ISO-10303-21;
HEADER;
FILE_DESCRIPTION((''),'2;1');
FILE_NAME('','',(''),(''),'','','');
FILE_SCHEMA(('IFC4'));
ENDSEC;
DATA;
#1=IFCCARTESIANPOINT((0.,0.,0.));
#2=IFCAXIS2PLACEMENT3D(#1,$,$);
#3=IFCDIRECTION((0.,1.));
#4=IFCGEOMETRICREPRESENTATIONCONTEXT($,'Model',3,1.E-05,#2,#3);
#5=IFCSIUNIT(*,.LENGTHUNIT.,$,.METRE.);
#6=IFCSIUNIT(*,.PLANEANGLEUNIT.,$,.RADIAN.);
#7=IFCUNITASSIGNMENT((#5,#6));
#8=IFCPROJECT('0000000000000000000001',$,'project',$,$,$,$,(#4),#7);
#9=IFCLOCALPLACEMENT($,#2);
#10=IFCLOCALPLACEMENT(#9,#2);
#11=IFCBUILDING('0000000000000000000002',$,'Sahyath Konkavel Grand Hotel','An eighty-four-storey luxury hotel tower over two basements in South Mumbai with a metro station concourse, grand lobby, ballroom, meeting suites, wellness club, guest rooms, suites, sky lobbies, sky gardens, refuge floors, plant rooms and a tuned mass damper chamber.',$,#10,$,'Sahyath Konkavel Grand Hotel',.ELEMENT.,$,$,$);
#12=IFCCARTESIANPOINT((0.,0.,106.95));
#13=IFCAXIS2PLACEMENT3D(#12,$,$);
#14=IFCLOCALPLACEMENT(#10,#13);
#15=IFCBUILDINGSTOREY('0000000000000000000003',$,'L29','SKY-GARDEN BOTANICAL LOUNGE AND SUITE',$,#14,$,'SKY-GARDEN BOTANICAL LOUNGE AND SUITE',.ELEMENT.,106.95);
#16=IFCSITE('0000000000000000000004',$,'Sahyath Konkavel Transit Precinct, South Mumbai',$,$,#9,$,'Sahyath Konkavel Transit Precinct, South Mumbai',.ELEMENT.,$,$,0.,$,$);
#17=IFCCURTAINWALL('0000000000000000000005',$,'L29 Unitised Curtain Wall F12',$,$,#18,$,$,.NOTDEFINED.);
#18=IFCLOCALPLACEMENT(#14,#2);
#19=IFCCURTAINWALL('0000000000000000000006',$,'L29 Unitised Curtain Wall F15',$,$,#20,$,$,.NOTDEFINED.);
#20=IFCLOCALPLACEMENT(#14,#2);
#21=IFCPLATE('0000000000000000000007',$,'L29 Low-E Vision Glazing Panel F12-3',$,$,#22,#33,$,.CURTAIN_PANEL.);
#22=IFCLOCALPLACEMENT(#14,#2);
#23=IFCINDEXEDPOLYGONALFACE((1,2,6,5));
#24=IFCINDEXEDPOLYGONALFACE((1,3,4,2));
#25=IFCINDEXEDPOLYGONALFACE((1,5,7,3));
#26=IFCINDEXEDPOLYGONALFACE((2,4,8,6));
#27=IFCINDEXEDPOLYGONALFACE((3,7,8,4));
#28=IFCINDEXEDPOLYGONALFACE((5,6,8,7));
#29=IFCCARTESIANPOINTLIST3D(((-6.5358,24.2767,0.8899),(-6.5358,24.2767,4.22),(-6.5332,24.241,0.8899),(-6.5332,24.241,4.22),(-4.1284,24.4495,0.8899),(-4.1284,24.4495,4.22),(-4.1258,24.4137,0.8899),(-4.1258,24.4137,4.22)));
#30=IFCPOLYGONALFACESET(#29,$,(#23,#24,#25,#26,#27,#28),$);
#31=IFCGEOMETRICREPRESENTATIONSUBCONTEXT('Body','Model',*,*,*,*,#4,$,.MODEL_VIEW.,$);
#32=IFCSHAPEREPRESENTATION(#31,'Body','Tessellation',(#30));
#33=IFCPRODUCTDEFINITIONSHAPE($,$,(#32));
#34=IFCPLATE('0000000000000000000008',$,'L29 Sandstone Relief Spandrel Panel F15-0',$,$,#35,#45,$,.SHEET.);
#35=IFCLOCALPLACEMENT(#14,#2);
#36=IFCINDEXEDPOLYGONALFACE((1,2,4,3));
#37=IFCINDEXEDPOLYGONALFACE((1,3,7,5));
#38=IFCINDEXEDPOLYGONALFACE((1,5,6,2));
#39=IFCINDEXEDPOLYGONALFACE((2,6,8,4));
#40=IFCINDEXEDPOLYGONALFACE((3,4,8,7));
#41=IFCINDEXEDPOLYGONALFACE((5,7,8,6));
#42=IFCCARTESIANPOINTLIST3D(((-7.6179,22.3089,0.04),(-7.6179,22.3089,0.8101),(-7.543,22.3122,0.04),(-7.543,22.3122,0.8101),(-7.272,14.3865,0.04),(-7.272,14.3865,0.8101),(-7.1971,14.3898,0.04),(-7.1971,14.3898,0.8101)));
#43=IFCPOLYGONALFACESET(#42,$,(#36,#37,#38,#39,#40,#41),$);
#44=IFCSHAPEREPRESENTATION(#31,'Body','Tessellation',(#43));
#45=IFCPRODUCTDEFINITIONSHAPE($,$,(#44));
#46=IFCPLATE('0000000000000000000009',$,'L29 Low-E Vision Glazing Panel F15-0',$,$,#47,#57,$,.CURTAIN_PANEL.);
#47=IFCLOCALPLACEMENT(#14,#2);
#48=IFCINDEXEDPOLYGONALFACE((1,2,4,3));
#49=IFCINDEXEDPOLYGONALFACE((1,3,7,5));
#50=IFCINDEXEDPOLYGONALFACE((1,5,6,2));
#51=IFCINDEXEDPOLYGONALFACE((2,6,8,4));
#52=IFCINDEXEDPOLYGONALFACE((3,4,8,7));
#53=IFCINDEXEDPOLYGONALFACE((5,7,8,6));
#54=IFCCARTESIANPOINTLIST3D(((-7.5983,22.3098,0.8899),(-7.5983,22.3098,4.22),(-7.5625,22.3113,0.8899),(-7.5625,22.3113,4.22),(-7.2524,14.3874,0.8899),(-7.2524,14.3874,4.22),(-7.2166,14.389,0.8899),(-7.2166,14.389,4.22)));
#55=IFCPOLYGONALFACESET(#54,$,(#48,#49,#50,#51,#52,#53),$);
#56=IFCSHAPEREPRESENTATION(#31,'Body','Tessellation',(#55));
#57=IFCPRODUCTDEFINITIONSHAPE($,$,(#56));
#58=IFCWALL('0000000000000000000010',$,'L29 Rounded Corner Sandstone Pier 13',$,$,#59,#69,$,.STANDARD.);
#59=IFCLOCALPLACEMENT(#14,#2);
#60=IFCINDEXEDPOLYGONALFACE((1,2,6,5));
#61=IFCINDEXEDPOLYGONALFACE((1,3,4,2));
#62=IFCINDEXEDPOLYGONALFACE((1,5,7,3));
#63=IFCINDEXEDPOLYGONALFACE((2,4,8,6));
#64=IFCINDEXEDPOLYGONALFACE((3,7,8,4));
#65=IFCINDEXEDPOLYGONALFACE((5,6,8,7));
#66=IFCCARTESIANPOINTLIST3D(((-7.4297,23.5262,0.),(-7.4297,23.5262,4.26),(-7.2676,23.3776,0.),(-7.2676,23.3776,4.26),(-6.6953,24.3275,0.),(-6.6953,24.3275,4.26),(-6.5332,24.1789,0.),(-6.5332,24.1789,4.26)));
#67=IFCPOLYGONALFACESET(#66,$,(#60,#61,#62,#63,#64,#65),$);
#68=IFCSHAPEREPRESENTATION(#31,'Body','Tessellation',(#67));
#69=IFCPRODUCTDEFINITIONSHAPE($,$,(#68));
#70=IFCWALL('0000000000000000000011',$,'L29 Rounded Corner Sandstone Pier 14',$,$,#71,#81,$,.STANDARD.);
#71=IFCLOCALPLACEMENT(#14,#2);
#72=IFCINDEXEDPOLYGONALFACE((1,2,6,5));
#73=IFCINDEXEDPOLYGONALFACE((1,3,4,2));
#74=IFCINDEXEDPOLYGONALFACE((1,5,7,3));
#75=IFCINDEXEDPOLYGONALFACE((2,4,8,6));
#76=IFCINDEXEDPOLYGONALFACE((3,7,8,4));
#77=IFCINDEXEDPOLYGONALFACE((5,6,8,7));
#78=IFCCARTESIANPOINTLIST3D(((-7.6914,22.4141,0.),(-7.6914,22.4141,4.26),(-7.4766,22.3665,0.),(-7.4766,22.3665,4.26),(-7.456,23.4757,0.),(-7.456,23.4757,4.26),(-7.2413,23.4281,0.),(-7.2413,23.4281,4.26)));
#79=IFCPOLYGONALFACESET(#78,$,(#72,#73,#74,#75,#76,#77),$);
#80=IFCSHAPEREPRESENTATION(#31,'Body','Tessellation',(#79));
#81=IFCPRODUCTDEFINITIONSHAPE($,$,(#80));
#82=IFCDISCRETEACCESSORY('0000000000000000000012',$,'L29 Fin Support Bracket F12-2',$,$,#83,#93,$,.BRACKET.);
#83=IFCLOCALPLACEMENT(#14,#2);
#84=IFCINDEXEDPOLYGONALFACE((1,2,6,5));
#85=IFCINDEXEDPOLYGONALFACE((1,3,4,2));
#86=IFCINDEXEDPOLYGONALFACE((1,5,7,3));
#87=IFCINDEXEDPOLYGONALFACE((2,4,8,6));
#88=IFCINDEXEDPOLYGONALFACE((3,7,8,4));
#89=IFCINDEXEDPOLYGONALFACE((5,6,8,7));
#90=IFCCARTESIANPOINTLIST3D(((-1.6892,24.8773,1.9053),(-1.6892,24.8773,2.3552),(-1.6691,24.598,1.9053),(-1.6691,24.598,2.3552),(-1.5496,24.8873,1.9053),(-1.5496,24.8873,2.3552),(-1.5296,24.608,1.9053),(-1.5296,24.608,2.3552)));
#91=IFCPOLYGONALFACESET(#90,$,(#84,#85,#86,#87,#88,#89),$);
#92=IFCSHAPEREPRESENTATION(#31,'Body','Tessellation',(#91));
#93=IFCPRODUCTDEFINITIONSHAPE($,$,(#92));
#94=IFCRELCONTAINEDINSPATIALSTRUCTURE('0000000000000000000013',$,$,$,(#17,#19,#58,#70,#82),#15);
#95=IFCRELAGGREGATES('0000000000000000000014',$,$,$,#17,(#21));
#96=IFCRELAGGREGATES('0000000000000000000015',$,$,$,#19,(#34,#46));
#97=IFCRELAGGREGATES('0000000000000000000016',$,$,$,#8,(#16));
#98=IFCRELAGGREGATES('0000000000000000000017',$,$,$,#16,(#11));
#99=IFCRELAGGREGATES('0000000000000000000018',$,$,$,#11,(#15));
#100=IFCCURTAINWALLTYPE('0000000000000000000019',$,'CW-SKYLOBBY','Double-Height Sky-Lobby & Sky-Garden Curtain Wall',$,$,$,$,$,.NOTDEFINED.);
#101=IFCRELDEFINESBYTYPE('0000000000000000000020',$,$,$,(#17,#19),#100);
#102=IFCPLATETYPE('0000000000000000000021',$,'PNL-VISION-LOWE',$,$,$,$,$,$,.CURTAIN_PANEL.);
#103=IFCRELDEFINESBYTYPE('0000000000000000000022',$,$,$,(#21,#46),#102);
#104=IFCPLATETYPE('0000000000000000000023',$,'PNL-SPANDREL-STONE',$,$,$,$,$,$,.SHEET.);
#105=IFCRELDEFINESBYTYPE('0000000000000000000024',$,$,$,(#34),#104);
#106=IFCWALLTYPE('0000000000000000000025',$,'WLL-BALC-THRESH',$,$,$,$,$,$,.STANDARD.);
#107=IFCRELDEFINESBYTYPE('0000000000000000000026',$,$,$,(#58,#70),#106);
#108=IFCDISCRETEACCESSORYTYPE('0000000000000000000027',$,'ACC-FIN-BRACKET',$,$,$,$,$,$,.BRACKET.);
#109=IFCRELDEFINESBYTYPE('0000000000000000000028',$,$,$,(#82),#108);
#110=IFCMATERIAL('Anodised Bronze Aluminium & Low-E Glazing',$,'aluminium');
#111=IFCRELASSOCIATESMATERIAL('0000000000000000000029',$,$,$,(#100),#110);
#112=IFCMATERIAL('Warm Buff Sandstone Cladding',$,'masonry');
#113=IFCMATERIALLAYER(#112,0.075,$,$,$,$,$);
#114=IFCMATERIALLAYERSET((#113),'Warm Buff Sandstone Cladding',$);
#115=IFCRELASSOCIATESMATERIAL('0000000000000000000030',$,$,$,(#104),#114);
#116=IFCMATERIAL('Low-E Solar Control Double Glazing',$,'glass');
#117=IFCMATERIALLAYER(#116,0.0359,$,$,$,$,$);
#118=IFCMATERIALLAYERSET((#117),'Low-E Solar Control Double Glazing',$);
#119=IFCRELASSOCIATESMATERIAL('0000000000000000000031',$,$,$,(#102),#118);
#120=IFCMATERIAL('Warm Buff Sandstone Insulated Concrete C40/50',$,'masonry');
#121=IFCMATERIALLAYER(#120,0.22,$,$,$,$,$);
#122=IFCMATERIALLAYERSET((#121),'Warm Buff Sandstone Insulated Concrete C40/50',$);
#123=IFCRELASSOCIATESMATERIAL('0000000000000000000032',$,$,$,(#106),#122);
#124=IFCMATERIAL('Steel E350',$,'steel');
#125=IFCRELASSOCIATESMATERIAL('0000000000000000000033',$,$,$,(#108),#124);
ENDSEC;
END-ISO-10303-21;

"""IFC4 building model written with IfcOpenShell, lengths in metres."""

from ifc_helpers import new_model, si_unit, direction, frame, frame_2d, origin, origin_2d, place, context, subcontext, project, spatial, rectangle, extrude, source, transform, mapped, material, layer, layer_set, type_object, element, aggregate, save


model = new_model("IFC4")

# Units and contexts
model_context = context("Model", 3, precision=1e-05, world=origin(), true_north=direction((0.0, 1.0)))
body_context = subcontext(model_context, "Body", "Model", "MODEL_VIEW")
ifc_project = project(units=[si_unit("LENGTHUNIT", "METRE"), si_unit("PLANEANGLEUNIT", "RADIAN")], contexts=[model_context])

# Site, building, storey
site_placement = place(None, origin())
site = spatial("IfcSite", under=ifc_project, at=site_placement, Name="Sahyath Konkavel Transit Precinct, South Mumbai", LongName="Sahyath Konkavel Transit Precinct, South Mumbai", CompositionType="ELEMENT", RefElevation=0.0)
building_placement = place(site_placement, origin())
building = spatial("IfcBuilding", under=site, at=building_placement, Name="Sahyath Konkavel Grand Hotel", Description="An eighty-four-storey luxury hotel tower over two basements in South Mumbai with a metro station concourse, grand lobby, ballroom, meeting suites, wellness club, guest rooms, suites, sky lobbies, sky gardens, refuge floors, plant rooms and a tuned mass damper chamber.", LongName="Sahyath Konkavel Grand Hotel", CompositionType="ELEMENT")
storey_placement = place(building_placement, frame((0.0, 0.0, 106.95)))
storey = spatial("IfcBuildingStorey", under=building, at=storey_placement, Name="L29", Description="SKY-GARDEN BOTANICAL LOUNGE AND SUITE", LongName="SKY-GARDEN BOTANICAL LOUNGE AND SUITE", CompositionType="ELEMENT", Elevation=106.95)

# Shared definitions
ifc_material_1 = material(Name="Steel E350", Category="steel")

# Curtain walls
ifc_material_2 = material(Name="Anodised Bronze Aluminium & Low-E Glazing", Category="aluminium")
curtain_wall_type = type_object("IfcCurtainWallType", Name="CW-SKYLOBBY", Description="Double-Height Sky-Lobby & Sky-Garden Curtain Wall", PredefinedType="NOTDEFINED", material=ifc_material_2)
curtain_wall_1_placement = place(storey_placement, origin())
curtain_wall_1 = element("IfcCurtainWall", 1, at=curtain_wall_1_placement, inside=storey, type_object=curtain_wall_type, Name="L29 Unitised Curtain Wall F12", PredefinedType="NOTDEFINED")
curtain_wall_2_placement = place(storey_placement, origin())
curtain_wall_2 = element("IfcCurtainWall", 2, at=curtain_wall_2_placement, inside=storey, type_object=curtain_wall_type, Name="L29 Unitised Curtain Wall F15", PredefinedType="NOTDEFINED")

# Plates
ifc_material_3 = material(Name="Warm Buff Sandstone Cladding", Category="masonry")
ifc_layer_1 = layer(ifc_material_3, 0.075)
ifc_layer_set_1 = layer_set([ifc_layer_1], Name="Warm Buff Sandstone Cladding")
plate_type_1 = type_object("IfcPlateType", Name="PNL-SPANDREL-STONE", PredefinedType="SHEET", material=ifc_layer_set_1)
ifc_material_4 = material(Name="Low-E Solar Control Double Glazing", Category="glass")
ifc_layer_2 = layer(ifc_material_4, 0.0359)
ifc_layer_set_2 = layer_set([ifc_layer_2], Name="Low-E Solar Control Double Glazing")
plate_type_2 = type_object("IfcPlateType", Name="PNL-VISION-LOWE", PredefinedType="CURTAIN_PANEL", material=ifc_layer_set_2)
shared_shape_1 = source(origin(), body_context, "Body", "SweptSolid", [
    extrude(rectangle(XDim=2.4136, YDim=0.0359, at=origin_2d()), origin(), (0.0, 0.0, 1.0), 3.3301),
])
plate_1_placement = place(storey_placement, frame((-5.3308, 24.3452, 0.8899), z_axis=(0.0, 0.0, 1.0), x_axis=(-0.997436, -0.071567, 0.0)))
plate_1 = element("IfcPlate", 3, at=plate_1_placement, type_object=plate_type_2, Name="L29 Low-E Vision Glazing Panel F12-3", PredefinedType="CURTAIN_PANEL", context=body_context, shape_type="MappedRepresentation", body=[
    mapped(shared_shape_1, transform((0.0, 0.0, 0.0), scale=1.0)),
])
aggregate(curtain_wall_1, [plate_1])
shared_shape_2 = source(origin(), body_context, "Body", "SweptSolid", [
    extrude(rectangle(XDim=7.9299, YDim=0.075, at=origin_2d()), origin(), (0.0, 0.0, 1.0), 0.77),
])
plate_2_placement = place(storey_placement, frame((-7.4075, 18.3494, 0.04), z_axis=(0.0, 0.0, 1.0), x_axis=(0.043619, -0.999048, 0.0)))
plate_2 = element("IfcPlate", 4, at=plate_2_placement, type_object=plate_type_1, Name="L29 Sandstone Relief Spandrel Panel F15-0", PredefinedType="SHEET", context=body_context, shape_type="MappedRepresentation", body=[
    mapped(shared_shape_2, transform((0.0, 0.0, 0.0), scale=1.0)),
])
shared_shape_3 = source(origin(), body_context, "Body", "SweptSolid", [
    extrude(rectangle(XDim=7.9299, YDim=0.0359, at=origin_2d()), origin(), (0.0, 0.0, 1.0), 3.3301),
])
plate_3_placement = place(storey_placement, frame((-7.4075, 18.3494, 0.8899), z_axis=(0.0, 0.0, 1.0), x_axis=(0.043619, -0.999048, 0.0)))
plate_3 = element("IfcPlate", 5, at=plate_3_placement, type_object=plate_type_2, Name="L29 Low-E Vision Glazing Panel F15-0", PredefinedType="CURTAIN_PANEL", context=body_context, shape_type="MappedRepresentation", body=[
    mapped(shared_shape_3, transform((0.0, 0.0, 0.0), scale=1.0)),
])
aggregate(curtain_wall_2, [plate_2, plate_3])

# Walls
ifc_material_5 = material(Name="Warm Buff Sandstone Insulated Concrete C40/50", Category="masonry")
ifc_layer_3 = layer(ifc_material_5, 0.22)
ifc_layer_set_3 = layer_set([ifc_layer_3], Name="Warm Buff Sandstone Insulated Concrete C40/50")
wall_type = type_object("IfcWallType", Name="WLL-BALC-THRESH", PredefinedType="STANDARD", material=ifc_layer_set_3)
wall_1_placement = place(storey_placement, frame((-6.6143, 24.2532, 0.0), z_axis=(0.0, 0.0, 1.0), x_axis=(-0.675664, -0.73721, 0.0)))
element("IfcWall", 6, at=wall_1_placement, inside=storey, type_object=wall_type, Name="L29 Rounded Corner Sandstone Pier 13", PredefinedType="STANDARD", context=body_context, shape_type="SweptSolid", body=[
    extrude(rectangle(XDim=1.0869, YDim=0.22, at=frame_2d((0.5435, 0.0))), origin(), (0.0, 0.0, 1.0), 4.26),
])
wall_2_placement = place(storey_placement, frame((-7.3486, 23.4519, 0.0), z_axis=(0.0, 0.0, 1.0), x_axis=(-0.216455, -0.976293, 0.0)))
element("IfcWall", 7, at=wall_2_placement, inside=storey, type_object=wall_type, Name="L29 Rounded Corner Sandstone Pier 14", PredefinedType="STANDARD", context=body_context, shape_type="SweptSolid", body=[
    extrude(rectangle(XDim=1.0874, YDim=0.22, at=frame_2d((0.5437, 0.0))), origin(), (0.0, 0.0, 1.0), 4.26),
])

# Discrete accessory
discrete_accessory_type = type_object("IfcDiscreteAccessoryType", Name="ACC-FIN-BRACKET", PredefinedType="BRACKET", material=ifc_material_1)
shared_shape_4 = source(origin(), body_context, "Body", "SweptSolid", [
    extrude(rectangle(XDim=0.28, YDim=0.1399, at=origin_2d()), origin(), (0.0, 0.0, 1.0), 0.45),
])
discrete_accessory_placement = place(storey_placement, frame((-1.6094, 24.7427, 1.9053), z_axis=(0.0, 0.0, 1.0), x_axis=(-0.071567, 0.997436, 0.0)))
element("IfcDiscreteAccessory", 8, at=discrete_accessory_placement, inside=storey, type_object=discrete_accessory_type, Name="L29 Fin Support Bracket F12-2", PredefinedType="BRACKET", context=body_context, shape_type="MappedRepresentation", body=[
    mapped(shared_shape_4, transform((0.0, 0.0, 0.0), scale=1.0)),
])

save(model, "model.ifc")
